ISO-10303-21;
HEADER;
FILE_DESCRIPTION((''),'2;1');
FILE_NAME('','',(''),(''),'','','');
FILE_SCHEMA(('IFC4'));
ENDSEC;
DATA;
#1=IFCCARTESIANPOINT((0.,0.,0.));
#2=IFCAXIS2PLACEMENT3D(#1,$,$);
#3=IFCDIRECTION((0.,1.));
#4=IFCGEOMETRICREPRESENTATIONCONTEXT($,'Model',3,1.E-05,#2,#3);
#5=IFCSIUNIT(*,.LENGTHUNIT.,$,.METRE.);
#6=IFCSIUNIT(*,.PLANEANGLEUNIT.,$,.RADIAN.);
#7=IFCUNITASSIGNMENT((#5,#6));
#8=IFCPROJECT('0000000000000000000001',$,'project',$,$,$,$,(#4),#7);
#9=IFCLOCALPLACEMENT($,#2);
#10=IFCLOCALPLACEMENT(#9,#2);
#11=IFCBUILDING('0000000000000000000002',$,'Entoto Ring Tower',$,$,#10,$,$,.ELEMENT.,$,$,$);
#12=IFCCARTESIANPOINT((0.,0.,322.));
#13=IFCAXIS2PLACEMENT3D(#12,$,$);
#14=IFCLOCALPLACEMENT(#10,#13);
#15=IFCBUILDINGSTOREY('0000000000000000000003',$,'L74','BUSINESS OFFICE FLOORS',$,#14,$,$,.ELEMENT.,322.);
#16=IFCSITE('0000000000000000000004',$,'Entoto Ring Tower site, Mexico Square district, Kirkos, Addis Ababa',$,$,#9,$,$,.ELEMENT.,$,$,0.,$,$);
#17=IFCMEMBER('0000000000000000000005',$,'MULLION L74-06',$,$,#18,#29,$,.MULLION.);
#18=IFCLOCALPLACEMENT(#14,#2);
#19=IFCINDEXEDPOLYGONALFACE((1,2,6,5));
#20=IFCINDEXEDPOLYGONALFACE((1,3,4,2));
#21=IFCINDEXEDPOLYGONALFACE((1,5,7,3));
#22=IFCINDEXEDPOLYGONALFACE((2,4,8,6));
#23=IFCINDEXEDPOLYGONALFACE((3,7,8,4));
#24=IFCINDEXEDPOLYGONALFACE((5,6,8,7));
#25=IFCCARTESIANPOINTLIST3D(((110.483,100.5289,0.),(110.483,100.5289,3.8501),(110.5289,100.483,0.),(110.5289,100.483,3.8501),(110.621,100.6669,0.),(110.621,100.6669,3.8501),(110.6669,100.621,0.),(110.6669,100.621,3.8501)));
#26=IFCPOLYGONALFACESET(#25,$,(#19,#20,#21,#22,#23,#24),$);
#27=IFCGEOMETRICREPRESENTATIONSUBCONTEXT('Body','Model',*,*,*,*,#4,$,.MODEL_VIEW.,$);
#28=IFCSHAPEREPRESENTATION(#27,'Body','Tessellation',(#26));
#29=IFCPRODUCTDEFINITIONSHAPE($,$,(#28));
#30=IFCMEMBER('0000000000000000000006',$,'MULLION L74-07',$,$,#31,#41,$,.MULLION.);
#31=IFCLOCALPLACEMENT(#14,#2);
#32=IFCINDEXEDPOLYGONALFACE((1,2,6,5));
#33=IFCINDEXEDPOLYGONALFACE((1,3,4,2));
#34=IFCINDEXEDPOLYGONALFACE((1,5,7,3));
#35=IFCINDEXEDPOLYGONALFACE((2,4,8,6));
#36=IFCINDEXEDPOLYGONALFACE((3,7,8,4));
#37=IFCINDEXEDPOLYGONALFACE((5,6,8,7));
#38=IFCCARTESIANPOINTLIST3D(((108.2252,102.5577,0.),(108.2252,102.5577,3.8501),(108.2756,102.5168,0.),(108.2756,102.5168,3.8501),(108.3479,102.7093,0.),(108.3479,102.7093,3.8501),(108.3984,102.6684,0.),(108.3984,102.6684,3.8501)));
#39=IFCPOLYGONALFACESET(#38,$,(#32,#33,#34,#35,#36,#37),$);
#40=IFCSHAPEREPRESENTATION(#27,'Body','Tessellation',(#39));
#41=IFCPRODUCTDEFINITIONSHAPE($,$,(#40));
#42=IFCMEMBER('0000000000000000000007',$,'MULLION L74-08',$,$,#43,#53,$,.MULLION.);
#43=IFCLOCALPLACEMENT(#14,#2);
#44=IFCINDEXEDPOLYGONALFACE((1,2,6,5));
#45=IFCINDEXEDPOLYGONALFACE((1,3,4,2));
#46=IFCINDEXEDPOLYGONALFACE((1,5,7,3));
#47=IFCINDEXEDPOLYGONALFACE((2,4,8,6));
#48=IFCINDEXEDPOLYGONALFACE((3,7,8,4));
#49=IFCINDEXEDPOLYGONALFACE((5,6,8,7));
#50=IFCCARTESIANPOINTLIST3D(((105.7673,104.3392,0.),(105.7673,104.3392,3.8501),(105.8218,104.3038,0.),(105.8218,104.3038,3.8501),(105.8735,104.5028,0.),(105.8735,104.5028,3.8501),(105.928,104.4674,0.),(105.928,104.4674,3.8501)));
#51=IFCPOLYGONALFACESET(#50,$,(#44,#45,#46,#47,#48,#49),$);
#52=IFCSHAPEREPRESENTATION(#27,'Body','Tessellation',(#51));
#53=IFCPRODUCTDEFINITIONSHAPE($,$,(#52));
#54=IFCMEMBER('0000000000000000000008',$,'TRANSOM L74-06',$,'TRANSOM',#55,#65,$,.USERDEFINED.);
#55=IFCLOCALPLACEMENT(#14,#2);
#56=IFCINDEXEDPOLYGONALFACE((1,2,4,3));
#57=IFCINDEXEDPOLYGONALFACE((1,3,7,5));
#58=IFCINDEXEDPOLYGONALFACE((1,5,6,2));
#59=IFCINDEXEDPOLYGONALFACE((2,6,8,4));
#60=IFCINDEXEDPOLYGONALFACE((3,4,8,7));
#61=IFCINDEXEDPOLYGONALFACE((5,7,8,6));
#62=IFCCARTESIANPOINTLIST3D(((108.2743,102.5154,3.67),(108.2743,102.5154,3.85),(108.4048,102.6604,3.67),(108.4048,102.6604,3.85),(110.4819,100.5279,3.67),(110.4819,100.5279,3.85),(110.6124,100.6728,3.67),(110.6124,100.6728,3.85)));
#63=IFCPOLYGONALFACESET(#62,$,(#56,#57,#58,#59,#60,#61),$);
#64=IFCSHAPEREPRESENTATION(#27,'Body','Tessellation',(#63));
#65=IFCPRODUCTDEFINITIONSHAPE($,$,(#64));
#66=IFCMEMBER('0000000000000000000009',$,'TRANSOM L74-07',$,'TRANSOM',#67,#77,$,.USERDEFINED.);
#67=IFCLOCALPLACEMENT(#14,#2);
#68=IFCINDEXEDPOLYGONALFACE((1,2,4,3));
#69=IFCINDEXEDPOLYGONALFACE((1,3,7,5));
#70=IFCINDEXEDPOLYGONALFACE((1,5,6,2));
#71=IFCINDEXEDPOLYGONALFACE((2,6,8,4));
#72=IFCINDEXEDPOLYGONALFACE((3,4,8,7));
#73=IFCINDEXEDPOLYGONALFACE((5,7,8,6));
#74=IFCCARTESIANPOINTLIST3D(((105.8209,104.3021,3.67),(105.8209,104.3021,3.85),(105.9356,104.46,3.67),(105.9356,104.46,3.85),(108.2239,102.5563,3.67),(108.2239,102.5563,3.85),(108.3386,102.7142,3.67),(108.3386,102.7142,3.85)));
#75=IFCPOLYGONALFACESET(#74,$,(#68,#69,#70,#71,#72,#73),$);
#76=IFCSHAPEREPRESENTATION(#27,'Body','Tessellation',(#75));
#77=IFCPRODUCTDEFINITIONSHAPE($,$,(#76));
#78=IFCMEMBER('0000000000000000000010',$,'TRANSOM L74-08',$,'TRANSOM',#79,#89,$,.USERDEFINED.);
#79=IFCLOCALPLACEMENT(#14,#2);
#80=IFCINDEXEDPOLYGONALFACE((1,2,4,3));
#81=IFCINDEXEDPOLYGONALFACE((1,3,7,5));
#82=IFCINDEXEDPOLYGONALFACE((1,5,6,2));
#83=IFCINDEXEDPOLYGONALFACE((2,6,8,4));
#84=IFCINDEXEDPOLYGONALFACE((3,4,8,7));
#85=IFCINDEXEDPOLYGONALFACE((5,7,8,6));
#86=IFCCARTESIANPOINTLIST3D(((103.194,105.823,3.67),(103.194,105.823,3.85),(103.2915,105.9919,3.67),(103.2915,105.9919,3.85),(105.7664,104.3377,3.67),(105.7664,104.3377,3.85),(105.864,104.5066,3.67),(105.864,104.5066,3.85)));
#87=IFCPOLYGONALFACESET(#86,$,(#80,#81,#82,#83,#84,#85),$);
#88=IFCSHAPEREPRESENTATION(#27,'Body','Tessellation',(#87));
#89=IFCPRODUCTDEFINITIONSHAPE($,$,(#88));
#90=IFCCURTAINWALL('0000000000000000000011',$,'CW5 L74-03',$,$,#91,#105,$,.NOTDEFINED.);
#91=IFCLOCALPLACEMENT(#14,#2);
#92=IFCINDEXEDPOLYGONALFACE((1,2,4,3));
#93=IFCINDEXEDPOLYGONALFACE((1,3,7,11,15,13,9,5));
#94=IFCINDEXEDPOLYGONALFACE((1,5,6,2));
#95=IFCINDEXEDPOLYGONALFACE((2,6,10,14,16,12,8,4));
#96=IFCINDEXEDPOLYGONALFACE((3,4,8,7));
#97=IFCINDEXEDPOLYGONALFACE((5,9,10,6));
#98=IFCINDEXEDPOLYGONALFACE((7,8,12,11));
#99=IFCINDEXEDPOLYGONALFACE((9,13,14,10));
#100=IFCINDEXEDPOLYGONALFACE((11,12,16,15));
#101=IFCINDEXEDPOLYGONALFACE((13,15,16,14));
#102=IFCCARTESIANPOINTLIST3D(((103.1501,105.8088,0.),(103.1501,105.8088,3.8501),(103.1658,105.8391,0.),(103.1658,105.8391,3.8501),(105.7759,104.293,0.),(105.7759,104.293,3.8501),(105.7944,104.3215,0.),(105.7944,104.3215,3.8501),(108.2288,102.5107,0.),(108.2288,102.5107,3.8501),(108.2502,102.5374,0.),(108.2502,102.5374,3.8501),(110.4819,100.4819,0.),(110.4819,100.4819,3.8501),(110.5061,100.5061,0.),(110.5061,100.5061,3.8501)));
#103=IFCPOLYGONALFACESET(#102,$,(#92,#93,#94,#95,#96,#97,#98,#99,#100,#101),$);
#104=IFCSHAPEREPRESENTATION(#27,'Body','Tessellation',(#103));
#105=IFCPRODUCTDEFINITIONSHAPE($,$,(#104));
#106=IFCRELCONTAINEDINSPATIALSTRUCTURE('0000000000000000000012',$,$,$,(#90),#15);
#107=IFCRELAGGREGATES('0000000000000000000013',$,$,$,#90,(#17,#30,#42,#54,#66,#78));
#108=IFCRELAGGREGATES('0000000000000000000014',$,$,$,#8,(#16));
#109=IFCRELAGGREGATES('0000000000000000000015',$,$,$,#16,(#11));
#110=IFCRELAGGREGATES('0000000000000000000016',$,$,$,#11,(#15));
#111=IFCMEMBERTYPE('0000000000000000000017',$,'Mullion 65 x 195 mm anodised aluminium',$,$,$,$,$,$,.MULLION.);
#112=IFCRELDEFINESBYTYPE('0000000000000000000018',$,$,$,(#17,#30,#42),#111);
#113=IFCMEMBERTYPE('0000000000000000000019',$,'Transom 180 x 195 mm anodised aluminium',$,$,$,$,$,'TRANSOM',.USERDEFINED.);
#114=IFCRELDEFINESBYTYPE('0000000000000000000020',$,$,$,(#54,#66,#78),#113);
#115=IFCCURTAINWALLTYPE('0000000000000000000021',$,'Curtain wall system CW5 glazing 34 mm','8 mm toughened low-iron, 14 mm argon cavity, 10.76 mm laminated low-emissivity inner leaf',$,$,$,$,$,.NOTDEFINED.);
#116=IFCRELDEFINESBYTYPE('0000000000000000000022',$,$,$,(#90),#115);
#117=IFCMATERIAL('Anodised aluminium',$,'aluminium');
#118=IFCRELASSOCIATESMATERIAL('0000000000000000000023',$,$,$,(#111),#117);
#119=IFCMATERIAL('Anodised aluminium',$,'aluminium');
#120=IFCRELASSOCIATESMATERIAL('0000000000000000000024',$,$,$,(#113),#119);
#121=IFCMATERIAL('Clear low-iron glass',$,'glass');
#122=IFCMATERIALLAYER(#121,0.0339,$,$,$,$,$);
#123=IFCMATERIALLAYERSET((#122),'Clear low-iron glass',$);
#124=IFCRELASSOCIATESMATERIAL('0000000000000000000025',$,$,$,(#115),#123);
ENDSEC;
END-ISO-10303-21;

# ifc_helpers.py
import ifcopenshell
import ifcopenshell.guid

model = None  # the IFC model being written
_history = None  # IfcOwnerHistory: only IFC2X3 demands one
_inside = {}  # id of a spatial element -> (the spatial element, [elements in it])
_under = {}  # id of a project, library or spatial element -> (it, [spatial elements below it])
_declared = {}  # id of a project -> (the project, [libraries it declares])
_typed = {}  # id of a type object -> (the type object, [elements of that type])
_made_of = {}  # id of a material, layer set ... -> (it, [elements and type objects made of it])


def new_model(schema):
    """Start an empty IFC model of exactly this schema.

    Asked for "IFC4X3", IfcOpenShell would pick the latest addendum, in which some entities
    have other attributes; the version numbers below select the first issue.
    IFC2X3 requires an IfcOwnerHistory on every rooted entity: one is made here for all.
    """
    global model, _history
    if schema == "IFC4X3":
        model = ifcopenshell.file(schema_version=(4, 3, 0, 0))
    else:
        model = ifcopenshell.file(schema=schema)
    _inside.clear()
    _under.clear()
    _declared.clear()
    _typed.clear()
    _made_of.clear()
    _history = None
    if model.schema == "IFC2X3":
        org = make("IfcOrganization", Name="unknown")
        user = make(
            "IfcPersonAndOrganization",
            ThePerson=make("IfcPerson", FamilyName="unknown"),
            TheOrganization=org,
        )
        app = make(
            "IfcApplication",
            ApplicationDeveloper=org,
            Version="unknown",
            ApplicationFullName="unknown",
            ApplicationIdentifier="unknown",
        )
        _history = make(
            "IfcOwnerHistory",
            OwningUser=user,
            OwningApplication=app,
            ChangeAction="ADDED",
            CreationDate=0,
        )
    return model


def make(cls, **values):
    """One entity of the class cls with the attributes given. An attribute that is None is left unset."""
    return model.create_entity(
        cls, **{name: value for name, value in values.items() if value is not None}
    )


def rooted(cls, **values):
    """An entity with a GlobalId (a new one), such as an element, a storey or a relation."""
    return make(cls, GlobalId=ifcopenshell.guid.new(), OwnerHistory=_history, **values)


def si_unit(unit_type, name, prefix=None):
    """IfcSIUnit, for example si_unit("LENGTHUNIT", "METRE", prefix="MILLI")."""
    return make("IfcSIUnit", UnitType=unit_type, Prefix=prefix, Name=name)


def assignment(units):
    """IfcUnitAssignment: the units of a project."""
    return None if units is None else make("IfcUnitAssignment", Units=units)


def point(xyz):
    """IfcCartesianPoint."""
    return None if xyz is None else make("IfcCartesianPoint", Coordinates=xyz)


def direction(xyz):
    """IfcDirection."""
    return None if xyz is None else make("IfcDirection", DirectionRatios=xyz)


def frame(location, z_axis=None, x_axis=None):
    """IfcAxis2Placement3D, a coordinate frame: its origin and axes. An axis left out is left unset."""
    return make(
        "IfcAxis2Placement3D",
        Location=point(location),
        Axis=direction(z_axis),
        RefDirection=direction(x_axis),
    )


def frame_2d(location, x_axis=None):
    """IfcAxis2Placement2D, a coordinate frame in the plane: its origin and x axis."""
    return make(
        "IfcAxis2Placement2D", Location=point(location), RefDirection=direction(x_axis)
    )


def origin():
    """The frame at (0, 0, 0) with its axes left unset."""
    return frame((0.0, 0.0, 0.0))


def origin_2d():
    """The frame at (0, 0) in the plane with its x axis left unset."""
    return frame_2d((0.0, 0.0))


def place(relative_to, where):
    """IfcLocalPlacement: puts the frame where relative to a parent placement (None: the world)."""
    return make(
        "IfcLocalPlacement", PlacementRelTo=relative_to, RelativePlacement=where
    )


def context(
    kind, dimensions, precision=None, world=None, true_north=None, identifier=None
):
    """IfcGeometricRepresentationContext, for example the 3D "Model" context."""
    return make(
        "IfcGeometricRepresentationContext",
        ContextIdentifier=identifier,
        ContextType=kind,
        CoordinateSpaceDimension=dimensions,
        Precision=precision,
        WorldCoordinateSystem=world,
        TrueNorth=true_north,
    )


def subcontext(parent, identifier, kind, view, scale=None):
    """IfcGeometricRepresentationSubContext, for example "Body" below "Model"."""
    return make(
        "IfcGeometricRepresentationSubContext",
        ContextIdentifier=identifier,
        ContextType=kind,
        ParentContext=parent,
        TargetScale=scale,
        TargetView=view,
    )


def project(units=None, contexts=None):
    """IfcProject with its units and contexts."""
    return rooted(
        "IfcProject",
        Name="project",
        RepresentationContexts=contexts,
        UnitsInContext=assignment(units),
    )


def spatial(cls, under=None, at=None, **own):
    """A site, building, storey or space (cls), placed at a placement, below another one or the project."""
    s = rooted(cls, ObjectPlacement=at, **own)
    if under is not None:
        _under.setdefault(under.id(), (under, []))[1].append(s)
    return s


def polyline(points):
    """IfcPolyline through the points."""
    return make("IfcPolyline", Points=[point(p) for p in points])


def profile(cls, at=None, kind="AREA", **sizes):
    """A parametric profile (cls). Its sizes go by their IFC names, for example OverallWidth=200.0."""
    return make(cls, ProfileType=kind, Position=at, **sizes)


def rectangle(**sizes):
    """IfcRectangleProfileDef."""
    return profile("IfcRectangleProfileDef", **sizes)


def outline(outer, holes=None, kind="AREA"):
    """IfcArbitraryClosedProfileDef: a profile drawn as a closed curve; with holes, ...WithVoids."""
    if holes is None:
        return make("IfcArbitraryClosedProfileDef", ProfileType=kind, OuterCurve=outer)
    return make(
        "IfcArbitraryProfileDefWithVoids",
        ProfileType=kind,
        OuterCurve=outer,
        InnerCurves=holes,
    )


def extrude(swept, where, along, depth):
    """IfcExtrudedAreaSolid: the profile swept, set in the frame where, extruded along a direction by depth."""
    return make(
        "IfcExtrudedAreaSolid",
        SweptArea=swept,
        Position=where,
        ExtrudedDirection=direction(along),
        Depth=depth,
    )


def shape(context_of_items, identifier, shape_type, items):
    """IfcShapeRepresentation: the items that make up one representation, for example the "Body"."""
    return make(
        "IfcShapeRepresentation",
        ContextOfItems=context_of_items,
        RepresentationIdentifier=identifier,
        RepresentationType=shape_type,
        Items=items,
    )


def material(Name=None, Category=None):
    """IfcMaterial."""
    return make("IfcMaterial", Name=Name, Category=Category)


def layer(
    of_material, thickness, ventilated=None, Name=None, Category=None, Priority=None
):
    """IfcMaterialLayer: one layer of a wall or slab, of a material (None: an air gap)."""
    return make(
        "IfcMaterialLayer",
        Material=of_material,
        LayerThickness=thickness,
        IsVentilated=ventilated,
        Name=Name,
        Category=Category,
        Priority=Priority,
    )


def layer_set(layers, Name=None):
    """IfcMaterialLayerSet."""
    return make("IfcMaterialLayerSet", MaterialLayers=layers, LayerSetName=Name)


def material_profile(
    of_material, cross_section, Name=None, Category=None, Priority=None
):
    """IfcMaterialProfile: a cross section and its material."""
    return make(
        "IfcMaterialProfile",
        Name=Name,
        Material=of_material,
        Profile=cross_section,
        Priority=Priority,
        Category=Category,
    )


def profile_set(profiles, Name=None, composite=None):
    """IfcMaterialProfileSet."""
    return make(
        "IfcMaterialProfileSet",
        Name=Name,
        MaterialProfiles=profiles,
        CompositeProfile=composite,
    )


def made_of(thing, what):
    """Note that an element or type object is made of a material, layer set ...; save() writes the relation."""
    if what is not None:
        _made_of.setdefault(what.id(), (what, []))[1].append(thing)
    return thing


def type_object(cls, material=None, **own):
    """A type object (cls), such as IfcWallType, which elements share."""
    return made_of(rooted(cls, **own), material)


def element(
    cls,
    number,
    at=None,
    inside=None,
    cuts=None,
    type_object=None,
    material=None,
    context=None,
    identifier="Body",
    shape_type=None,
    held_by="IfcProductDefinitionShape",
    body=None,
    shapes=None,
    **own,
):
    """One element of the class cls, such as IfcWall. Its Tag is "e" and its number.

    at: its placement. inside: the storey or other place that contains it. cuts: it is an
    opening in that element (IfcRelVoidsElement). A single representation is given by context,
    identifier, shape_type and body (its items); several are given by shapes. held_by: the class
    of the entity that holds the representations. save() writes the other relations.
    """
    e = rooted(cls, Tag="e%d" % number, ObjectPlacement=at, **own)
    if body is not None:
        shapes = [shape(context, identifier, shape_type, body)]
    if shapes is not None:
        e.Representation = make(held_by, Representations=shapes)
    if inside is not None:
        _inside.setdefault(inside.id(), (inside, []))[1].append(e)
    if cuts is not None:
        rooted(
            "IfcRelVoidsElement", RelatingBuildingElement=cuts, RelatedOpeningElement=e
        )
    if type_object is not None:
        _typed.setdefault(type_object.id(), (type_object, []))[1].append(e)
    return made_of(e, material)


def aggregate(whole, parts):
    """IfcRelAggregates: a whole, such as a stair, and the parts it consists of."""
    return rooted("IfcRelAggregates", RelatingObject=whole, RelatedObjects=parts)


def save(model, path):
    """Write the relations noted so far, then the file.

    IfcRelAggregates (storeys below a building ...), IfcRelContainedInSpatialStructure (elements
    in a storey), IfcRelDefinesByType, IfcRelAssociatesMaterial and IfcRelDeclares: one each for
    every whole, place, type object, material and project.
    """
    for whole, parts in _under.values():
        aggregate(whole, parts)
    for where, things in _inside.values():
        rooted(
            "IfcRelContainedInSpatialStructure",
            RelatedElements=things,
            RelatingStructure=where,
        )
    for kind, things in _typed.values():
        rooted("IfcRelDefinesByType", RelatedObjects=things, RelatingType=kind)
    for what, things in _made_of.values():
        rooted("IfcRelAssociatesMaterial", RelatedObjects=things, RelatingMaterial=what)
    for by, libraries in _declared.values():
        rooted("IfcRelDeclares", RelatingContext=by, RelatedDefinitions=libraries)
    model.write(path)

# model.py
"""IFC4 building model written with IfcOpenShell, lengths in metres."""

from ifc_helpers import new_model, si_unit, direction, frame, origin, origin_2d, place, context, subcontext, project, spatial, polyline, rectangle, outline, extrude, material, layer, layer_set, material_profile, profile_set, type_object, element, aggregate, save


model = new_model("IFC4")

# Units and contexts
model_context = context("Model", 3, precision=1e-05, world=origin(), true_north=direction((0.0, 1.0)))
body_context = subcontext(model_context, "Body", "Model", "MODEL_VIEW")
ifc_project = project(units=[si_unit("LENGTHUNIT", "METRE"), si_unit("PLANEANGLEUNIT", "RADIAN")], contexts=[model_context])

# Members
ifc_material_1 = material(Name="Anodised aluminium", Category="aluminium")
ifc_material_profile_1 = material_profile(ifc_material_1, rectangle(XDim=0.0649, YDim=0.1951, at=origin_2d()), Name="Mullion 65 x 195 mm anodised aluminium")
ifc_profile_set_1 = profile_set([ifc_material_profile_1], Name="Anodised aluminium")
member_type_1 = type_object("IfcMemberType", Name="Mullion 65 x 195 mm anodised aluminium", PredefinedType="MULLION", material=ifc_profile_set_1)
site_placement = place(None, origin())
building_placement = place(site_placement, origin())
storey_placement = place(building_placement, frame((0.0, 0.0, 322.0)))
member_1_placement = place(storey_placement, frame((110.575, 100.575, 0.0), z_axis=(0.0, 0.0, 1.0), x_axis=(-0.707107, 0.707107, 0.0)))
member_1 = element("IfcMember", 1, at=member_1_placement, type_object=member_type_1, Name="MULLION L74-06", PredefinedType="MULLION", context=body_context, shape_type="SweptSolid", body=[
    extrude(rectangle(XDim=0.0649, YDim=0.1951, at=origin_2d()), origin(), (0.0, 0.0, 1.0), 3.8501),
])
member_2_placement = place(storey_placement, frame((108.3118, 102.613, 0.0), z_axis=(0.0, 0.0, 1.0), x_axis=(-0.777146, 0.62932, 0.0)))
member_2 = element("IfcMember", 2, at=member_2_placement, type_object=member_type_1, Name="MULLION L74-07", PredefinedType="MULLION", context=body_context, shape_type="SweptSolid", body=[
    extrude(rectangle(XDim=0.0649, YDim=0.1951, at=origin_2d()), origin(), (0.0, 0.0, 1.0), 3.8501),
])
member_3_placement = place(storey_placement, frame((105.8477, 104.4033, 0.0), z_axis=(0.0, 0.0, 1.0), x_axis=(-0.838671, 0.544639, 0.0)))
member_3 = element("IfcMember", 3, at=member_3_placement, type_object=member_type_1, Name="MULLION L74-08", PredefinedType="MULLION", context=body_context, shape_type="SweptSolid", body=[
    extrude(rectangle(XDim=0.0649, YDim=0.1951, at=origin_2d()), origin(), (0.0, 0.0, 1.0), 3.8501),
])
ifc_material_2 = material(Name="Anodised aluminium", Category="aluminium")
ifc_material_profile_2 = material_profile(ifc_material_2, rectangle(XDim=0.1951, YDim=0.1799, at=origin_2d()), Name="Transom 180 x 195 mm anodised aluminium")
ifc_profile_set_2 = profile_set([ifc_material_profile_2], Name="Anodised aluminium")
member_type_2 = type_object("IfcMemberType", Name="Transom 180 x 195 mm anodised aluminium", ElementType="TRANSOM", PredefinedType="USERDEFINED", material=ifc_profile_set_2)
member_4_placement = place(storey_placement, frame((110.5471, 100.6003, 3.76), z_axis=(-0.743163, 0.66911, 0.0), x_axis=(-0.66911, -0.743163, 0.0)))
member_4 = element("IfcMember", 4, at=member_4_placement, type_object=member_type_2, Name="TRANSOM L74-06", ObjectType="TRANSOM", PredefinedType="USERDEFINED", context=body_context, shape_type="SweptSolid", body=[
    extrude(rectangle(XDim=0.1951, YDim=0.1799, at=origin_2d()), origin(), (0.0, 0.0, 1.0), 2.9705),
])
member_5_placement = place(storey_placement, frame((108.2812, 102.6353, 3.76), z_axis=(-0.809031, 0.587766, 0.0), x_axis=(-0.587766, -0.809031, 0.0)))
member_5 = element("IfcMember", 5, at=member_5_placement, type_object=member_type_2, Name="TRANSOM L74-07", ObjectType="TRANSOM", PredefinedType="USERDEFINED", context=body_context, shape_type="SweptSolid", body=[
    extrude(rectangle(XDim=0.1951, YDim=0.1799, at=origin_2d()), origin(), (0.0, 0.0, 1.0), 2.9702),
])
member_6_placement = place(storey_placement, frame((105.8152, 104.4221, 3.76), z_axis=(-0.866009, 0.500028, 0.0), x_axis=(-0.500028, -0.866009, 0.0)))
member_6 = element("IfcMember", 6, at=member_6_placement, type_object=member_type_2, Name="TRANSOM L74-08", ObjectType="TRANSOM", PredefinedType="USERDEFINED", context=body_context, shape_type="SweptSolid", body=[
    extrude(rectangle(XDim=0.1951, YDim=0.1799, at=origin_2d()), origin(), (0.0, 0.0, 1.0), 2.9705),
])

# Site, building, storey
site = spatial("IfcSite", under=ifc_project, at=site_placement, Name="Entoto Ring Tower site, Mexico Square district, Kirkos, Addis Ababa", CompositionType="ELEMENT", RefElevation=0.0)
building = spatial("IfcBuilding", under=site, at=building_placement, Name="Entoto Ring Tower", CompositionType="ELEMENT")
storey = spatial("IfcBuildingStorey", under=building, at=storey_placement, Name="L74", Description="BUSINESS OFFICE FLOORS", CompositionType="ELEMENT", Elevation=322.0)

# Curtain wall
ifc_material_3 = material(Name="Clear low-iron glass", Category="glass")
ifc_layer_1 = layer(ifc_material_3, 0.0339)
ifc_layer_set_1 = layer_set([ifc_layer_1], Name="Clear low-iron glass")
curtain_wall_type = type_object("IfcCurtainWallType", Name="Curtain wall system CW5 glazing 34 mm", Description="8 mm toughened low-iron, 14 mm argon cavity, 10.76 mm laminated low-emissivity inner leaf", PredefinedType="NOTDEFINED", material=ifc_layer_set_1)
curtain_wall_1_placement = place(storey_placement, origin())
curtain_wall_1 = element("IfcCurtainWall", 7, at=curtain_wall_1_placement, inside=storey, type_object=curtain_wall_type, Name="CW5 L74-03", PredefinedType="NOTDEFINED", context=body_context, shape_type="SweptSolid", body=[
    extrude(outline(polyline([(110.5061, 100.5061), (108.2502, 102.5374), (105.7944, 104.3215), (103.1658, 105.8391), (103.1501, 105.8088), (105.7759, 104.293), (108.2288, 102.5107), (110.4819, 100.4819), (110.5061, 100.5061)])), origin(), (0.0, 0.0, 1.0), 3.8501),
])
aggregate(curtain_wall_1, [member_1, member_2, member_3, member_4, member_5, member_6])

save(model, "model.ifc")
